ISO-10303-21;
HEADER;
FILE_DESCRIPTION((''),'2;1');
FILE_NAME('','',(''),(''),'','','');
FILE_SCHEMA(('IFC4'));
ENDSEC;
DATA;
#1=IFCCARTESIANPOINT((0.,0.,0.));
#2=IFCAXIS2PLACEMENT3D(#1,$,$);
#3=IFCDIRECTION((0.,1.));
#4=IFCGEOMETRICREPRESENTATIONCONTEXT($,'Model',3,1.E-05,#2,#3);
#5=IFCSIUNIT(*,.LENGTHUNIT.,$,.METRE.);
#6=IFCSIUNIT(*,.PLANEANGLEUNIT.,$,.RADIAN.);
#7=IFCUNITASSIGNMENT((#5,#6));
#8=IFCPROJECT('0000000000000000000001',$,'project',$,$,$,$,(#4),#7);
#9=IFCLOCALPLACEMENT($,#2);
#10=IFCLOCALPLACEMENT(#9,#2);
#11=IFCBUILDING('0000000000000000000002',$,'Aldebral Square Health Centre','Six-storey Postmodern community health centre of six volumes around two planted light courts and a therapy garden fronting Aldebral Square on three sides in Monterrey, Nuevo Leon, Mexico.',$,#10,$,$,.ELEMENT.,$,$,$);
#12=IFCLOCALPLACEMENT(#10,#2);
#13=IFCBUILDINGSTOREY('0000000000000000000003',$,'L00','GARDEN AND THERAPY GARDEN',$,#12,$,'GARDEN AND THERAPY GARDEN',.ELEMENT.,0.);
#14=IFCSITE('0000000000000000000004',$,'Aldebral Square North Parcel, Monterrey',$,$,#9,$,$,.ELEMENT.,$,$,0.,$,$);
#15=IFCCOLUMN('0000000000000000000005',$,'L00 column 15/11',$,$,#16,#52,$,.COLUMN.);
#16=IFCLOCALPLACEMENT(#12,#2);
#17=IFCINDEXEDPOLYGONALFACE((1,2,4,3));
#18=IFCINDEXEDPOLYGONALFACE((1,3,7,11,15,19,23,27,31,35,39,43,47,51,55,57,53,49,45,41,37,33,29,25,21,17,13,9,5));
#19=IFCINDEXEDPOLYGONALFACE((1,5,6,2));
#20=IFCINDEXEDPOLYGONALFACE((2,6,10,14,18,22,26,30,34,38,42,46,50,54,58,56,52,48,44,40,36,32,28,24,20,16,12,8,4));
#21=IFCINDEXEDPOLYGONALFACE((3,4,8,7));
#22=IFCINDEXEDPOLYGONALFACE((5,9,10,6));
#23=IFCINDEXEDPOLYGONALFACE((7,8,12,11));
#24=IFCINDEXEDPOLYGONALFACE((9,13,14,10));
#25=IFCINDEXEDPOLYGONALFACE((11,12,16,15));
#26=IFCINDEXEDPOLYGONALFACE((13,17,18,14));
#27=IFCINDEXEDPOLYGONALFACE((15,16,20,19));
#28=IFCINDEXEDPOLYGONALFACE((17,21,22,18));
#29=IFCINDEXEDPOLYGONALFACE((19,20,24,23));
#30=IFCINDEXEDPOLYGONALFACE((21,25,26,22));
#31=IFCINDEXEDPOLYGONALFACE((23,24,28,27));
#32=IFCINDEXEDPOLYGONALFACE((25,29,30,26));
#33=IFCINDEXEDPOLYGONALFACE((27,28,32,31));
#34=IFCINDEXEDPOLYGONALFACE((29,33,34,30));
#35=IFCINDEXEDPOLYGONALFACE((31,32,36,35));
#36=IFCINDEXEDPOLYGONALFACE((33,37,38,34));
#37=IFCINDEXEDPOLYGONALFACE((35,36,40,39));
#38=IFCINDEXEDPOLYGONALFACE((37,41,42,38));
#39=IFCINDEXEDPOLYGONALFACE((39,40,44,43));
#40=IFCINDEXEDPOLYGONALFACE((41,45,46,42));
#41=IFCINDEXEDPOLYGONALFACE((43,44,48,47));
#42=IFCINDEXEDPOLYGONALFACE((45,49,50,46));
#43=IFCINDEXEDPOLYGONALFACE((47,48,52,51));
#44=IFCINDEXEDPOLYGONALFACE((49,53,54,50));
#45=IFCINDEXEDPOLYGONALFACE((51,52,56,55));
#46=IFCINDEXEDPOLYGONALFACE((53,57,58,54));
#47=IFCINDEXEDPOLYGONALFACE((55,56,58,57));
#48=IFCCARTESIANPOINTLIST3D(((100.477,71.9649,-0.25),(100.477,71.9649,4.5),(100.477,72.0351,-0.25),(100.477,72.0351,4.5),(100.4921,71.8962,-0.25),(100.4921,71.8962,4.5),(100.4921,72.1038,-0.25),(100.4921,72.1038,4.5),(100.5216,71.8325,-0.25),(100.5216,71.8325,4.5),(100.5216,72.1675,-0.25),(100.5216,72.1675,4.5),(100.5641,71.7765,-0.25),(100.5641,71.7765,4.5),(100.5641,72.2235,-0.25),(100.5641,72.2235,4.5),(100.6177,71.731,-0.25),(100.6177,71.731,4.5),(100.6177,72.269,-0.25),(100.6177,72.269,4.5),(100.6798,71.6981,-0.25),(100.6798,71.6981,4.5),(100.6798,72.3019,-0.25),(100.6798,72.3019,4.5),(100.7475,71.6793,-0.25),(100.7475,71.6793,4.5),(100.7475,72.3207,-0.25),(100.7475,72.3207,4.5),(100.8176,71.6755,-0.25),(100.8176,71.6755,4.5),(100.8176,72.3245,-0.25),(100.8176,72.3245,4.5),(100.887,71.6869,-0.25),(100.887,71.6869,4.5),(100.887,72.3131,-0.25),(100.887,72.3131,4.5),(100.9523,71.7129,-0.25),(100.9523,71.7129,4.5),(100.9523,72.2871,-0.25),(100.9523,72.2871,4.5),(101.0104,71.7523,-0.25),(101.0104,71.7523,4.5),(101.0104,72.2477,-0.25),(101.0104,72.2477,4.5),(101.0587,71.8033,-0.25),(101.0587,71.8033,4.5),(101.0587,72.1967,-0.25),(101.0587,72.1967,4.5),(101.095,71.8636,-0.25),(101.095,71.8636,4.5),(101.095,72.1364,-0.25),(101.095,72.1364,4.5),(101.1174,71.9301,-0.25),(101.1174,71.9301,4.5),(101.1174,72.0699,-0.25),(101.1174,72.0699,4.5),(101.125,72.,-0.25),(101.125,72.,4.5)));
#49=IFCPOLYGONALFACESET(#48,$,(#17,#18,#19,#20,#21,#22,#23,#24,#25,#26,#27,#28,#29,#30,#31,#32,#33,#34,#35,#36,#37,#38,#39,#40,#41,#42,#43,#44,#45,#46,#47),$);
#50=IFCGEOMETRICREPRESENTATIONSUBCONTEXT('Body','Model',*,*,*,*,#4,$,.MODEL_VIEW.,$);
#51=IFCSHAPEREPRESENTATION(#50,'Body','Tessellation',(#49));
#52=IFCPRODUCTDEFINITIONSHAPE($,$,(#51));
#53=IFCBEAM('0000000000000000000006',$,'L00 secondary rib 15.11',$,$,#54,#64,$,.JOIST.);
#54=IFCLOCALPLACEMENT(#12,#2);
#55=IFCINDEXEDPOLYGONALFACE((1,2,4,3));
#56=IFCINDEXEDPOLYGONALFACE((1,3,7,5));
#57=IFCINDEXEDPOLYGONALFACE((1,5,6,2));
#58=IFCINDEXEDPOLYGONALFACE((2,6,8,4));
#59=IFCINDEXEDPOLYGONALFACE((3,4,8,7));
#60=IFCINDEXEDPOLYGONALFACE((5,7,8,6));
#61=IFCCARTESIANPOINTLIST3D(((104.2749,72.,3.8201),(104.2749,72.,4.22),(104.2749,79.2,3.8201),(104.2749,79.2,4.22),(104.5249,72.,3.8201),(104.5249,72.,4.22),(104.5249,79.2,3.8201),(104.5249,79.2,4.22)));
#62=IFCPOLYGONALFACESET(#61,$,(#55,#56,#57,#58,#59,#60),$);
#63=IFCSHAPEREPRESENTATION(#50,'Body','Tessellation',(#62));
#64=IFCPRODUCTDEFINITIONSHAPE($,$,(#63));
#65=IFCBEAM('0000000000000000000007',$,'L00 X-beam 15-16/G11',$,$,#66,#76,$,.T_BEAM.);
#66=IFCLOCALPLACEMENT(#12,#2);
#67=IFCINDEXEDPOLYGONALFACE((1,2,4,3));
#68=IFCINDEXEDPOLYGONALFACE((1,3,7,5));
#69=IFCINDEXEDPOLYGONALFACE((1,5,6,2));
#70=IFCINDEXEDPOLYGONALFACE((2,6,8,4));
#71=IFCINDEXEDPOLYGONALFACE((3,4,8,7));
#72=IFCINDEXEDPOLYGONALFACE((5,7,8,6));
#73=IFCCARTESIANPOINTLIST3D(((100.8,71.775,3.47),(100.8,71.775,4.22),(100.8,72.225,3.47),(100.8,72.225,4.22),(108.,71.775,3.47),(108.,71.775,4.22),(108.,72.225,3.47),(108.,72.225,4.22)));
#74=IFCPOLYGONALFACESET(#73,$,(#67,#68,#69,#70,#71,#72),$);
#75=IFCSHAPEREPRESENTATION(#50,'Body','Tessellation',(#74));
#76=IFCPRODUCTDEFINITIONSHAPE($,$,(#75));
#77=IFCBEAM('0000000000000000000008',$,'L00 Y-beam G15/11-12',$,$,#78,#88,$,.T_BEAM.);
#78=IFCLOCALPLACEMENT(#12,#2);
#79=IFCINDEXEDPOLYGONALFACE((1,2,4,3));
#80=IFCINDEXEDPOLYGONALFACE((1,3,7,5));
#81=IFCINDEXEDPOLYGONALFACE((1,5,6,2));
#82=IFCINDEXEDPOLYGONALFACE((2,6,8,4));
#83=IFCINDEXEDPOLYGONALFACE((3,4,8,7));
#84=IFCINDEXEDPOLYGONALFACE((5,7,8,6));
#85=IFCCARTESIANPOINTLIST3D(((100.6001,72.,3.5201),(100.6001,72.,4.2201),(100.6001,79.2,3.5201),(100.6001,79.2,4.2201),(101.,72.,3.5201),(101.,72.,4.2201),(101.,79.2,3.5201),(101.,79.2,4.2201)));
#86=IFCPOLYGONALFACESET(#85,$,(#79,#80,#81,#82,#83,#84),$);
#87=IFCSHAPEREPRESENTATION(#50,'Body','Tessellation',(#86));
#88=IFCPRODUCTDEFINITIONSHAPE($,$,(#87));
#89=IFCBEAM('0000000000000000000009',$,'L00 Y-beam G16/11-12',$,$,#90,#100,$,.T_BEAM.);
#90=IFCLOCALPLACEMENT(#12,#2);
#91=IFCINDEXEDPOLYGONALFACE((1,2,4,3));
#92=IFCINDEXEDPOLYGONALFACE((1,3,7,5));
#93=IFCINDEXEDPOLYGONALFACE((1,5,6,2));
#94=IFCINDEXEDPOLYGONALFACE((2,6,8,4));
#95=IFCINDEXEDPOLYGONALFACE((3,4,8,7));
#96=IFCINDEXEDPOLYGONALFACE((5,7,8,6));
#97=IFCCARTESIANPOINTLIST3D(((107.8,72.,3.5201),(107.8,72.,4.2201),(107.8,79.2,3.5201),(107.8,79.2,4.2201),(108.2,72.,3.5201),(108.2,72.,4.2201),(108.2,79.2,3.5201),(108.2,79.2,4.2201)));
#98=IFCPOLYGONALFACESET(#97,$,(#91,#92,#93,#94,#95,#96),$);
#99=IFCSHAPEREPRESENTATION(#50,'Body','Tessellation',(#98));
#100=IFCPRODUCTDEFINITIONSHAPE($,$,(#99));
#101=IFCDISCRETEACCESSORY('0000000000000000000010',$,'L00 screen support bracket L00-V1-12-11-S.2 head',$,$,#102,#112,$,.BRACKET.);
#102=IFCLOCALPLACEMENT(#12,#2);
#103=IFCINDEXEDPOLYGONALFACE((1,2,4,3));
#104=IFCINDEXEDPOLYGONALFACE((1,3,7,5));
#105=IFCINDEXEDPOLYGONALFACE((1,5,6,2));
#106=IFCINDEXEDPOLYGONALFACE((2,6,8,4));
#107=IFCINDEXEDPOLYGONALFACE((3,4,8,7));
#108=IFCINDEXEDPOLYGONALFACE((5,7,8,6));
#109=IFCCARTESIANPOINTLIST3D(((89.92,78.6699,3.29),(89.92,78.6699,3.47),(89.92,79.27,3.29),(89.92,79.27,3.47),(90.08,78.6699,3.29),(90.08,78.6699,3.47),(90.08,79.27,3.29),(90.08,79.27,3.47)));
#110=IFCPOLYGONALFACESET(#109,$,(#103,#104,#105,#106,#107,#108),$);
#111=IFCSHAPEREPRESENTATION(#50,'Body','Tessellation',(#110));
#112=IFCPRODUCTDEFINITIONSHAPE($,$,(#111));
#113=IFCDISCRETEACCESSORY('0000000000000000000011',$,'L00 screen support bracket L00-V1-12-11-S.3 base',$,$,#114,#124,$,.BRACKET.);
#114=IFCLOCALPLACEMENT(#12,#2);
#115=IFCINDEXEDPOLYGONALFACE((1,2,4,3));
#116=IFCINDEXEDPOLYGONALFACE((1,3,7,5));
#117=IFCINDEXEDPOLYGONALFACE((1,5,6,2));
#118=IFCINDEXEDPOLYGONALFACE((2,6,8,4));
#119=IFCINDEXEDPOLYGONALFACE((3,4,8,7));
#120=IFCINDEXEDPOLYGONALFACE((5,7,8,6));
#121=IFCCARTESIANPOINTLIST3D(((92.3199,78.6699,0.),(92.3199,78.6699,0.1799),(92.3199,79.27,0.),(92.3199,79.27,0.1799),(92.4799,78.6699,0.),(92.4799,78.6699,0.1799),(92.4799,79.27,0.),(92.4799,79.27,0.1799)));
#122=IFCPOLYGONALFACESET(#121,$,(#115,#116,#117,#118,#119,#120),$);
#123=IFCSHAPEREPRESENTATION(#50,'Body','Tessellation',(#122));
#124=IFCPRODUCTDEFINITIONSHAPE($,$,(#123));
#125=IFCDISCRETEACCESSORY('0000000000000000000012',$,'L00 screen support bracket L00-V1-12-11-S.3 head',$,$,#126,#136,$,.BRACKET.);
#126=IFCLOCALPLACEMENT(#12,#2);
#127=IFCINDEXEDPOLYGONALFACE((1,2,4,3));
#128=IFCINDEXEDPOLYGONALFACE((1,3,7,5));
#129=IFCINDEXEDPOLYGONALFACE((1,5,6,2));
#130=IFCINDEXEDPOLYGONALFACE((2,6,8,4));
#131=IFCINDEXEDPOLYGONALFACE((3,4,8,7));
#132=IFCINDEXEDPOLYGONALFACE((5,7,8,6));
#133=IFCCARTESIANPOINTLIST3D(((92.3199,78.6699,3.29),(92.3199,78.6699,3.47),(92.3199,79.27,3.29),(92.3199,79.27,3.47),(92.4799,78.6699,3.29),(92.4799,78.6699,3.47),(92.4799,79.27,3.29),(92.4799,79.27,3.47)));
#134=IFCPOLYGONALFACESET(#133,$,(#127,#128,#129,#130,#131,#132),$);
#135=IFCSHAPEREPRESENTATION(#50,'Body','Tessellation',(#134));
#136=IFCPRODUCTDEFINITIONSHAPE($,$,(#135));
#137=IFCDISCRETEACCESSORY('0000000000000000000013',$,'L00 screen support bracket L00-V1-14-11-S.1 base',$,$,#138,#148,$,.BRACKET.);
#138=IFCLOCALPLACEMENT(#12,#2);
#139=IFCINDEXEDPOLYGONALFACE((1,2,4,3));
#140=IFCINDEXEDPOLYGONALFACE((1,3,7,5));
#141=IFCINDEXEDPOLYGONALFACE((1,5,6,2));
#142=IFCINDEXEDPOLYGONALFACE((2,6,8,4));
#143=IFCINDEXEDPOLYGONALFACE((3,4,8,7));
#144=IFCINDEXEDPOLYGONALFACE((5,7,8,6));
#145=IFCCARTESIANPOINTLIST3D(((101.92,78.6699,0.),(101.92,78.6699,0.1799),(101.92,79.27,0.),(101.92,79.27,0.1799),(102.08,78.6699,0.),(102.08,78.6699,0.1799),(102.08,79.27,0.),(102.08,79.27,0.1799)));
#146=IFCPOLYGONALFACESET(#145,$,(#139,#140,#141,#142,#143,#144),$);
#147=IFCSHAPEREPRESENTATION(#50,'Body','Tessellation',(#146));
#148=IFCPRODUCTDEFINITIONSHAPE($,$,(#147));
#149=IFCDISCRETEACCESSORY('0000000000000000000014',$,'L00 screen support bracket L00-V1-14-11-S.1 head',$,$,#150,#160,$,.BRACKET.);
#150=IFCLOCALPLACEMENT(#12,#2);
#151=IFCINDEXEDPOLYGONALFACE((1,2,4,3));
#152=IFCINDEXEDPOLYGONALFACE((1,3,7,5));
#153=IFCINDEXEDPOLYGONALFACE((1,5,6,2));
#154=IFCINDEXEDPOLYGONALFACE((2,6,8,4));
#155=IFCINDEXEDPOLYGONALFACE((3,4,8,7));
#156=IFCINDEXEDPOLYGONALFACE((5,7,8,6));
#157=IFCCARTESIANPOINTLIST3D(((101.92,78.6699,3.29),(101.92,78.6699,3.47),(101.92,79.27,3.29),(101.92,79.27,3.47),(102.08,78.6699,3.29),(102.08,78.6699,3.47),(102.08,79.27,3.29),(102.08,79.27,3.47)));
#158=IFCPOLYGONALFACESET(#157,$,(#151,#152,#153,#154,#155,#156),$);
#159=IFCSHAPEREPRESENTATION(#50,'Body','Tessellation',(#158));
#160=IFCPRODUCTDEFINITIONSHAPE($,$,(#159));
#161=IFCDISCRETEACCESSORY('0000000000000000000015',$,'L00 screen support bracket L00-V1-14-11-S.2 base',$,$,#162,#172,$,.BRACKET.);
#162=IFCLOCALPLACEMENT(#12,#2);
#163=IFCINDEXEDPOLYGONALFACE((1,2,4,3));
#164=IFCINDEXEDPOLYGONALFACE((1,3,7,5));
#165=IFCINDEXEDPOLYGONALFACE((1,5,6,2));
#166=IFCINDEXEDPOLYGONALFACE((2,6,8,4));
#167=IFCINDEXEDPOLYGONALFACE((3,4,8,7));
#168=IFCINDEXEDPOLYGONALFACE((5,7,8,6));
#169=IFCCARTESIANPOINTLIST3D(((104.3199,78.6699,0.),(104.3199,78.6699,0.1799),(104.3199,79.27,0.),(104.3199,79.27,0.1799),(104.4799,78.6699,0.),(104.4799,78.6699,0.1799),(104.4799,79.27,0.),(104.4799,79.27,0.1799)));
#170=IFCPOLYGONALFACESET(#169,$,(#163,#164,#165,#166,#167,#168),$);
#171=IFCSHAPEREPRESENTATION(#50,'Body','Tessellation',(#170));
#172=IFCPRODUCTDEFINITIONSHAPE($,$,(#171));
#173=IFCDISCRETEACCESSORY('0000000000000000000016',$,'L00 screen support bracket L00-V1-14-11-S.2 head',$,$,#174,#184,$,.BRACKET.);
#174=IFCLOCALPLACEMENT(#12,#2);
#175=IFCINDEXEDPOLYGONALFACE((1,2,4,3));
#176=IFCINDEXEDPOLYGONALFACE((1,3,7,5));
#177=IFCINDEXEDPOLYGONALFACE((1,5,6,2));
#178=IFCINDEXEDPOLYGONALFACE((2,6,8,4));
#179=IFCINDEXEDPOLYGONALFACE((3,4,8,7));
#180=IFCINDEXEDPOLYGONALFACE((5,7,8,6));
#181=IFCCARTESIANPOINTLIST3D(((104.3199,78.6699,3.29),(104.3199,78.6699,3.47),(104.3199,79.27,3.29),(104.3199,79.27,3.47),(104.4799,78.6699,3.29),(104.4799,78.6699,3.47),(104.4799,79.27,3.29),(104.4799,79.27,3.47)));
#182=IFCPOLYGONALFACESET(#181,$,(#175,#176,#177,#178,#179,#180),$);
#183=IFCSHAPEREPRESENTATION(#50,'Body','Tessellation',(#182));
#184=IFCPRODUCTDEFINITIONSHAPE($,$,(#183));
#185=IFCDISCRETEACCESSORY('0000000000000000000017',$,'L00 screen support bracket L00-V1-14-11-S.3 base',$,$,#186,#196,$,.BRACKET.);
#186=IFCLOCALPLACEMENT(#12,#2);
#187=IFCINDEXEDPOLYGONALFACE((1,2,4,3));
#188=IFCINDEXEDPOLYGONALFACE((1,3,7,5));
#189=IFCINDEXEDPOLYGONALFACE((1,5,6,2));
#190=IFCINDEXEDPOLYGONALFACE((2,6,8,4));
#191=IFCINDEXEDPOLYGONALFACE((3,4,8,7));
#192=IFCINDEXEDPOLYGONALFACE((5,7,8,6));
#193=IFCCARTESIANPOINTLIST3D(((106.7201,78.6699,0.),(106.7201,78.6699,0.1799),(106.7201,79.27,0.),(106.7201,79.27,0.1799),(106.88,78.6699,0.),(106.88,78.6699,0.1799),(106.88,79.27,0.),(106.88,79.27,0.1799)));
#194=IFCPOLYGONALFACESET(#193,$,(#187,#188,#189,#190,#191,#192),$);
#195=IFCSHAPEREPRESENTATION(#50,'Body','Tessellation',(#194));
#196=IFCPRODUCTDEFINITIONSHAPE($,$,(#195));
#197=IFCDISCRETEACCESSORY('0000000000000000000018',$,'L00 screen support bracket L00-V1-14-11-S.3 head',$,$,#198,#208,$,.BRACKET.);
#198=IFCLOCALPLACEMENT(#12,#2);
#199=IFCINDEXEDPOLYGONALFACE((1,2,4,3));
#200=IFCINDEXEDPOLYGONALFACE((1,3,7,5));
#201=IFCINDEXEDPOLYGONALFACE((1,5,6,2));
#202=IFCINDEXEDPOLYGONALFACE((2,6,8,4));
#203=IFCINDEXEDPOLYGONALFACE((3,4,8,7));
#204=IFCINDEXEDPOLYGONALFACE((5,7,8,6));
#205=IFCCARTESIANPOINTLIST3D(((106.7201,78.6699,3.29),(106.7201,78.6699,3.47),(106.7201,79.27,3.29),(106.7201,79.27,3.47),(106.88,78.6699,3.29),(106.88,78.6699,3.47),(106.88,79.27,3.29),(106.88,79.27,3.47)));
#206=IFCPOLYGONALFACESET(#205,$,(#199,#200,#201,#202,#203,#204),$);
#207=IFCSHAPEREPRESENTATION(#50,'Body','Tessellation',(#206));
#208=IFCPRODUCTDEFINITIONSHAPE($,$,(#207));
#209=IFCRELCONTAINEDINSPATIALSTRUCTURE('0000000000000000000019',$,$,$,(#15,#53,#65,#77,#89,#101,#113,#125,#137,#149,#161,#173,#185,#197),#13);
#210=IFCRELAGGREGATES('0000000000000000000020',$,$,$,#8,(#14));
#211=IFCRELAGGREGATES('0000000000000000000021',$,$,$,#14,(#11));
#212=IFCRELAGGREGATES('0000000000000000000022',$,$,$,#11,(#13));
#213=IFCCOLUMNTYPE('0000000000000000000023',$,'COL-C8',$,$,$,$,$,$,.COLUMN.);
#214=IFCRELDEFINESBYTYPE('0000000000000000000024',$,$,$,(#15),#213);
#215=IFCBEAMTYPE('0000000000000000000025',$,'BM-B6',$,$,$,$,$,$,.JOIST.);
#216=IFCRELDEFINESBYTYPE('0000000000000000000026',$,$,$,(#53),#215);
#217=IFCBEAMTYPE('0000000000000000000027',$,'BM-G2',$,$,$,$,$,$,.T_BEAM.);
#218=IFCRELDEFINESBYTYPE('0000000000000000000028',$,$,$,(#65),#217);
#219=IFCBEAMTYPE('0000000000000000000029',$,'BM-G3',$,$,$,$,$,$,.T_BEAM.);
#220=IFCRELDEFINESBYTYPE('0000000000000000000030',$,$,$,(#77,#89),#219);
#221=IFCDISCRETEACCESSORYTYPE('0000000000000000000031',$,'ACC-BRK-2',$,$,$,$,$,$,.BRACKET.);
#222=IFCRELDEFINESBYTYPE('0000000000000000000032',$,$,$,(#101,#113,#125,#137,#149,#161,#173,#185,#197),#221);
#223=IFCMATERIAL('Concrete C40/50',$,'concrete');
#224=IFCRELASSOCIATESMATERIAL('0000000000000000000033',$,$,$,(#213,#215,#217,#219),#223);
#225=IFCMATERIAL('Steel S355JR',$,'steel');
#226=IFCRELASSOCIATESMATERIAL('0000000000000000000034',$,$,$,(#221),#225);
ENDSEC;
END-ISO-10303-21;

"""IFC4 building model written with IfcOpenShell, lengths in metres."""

from ifc_helpers import new_model, si_unit, direction, frame, origin, origin_2d, place, context, subcontext, project, spatial, rectangle, circle, extrude, material, material_profile, profile_set, type_object, element, save


model = new_model("IFC4")

# Units and contexts
model_context = context("Model", 3, precision=1e-05, world=origin(), true_north=direction((0.0, 1.0)))
body_context = subcontext(model_context, "Body", "Model", "MODEL_VIEW")
ifc_project = project(units=[si_unit("LENGTHUNIT", "METRE"), si_unit("PLANEANGLEUNIT", "RADIAN")], contexts=[model_context])

# Site, building, storey
site_placement = place(None, origin())
site = spatial("IfcSite", under=ifc_project, at=site_placement, Name="Aldebral Square North Parcel, Monterrey", CompositionType="ELEMENT", RefElevation=0.0)
building_placement = place(site_placement, origin())
building = spatial("IfcBuilding", under=site, at=building_placement, Name="Aldebral Square Health Centre", Description="Six-storey Postmodern community health centre of six volumes around two planted light courts and a therapy garden fronting Aldebral Square on three sides in Monterrey, Nuevo Leon, Mexico.", CompositionType="ELEMENT")
storey_placement = place(building_placement, origin())
storey = spatial("IfcBuildingStorey", under=building, at=storey_placement, Name="L00", Description="GARDEN AND THERAPY GARDEN", LongName="GARDEN AND THERAPY GARDEN", CompositionType="ELEMENT", Elevation=0.0)

# Column
ifc_material_1 = material(Name="Concrete C40/50", Category="concrete")
ifc_material_profile_1 = material_profile(ifc_material_1, circle(Radius=0.325, at=origin_2d()), Name="RC D650")
ifc_profile_set_1 = profile_set([ifc_material_profile_1], Name="Concrete C40/50")
column_type_1 = type_object("IfcColumnType", Name="COL-C8", PredefinedType="COLUMN", material=ifc_profile_set_1)
column_placement = place(storey_placement, frame((100.8, 72.0, -0.25), z_axis=(0.0, 0.0, 1.0), x_axis=(1.0, 0.0, 0.0)))
element("IfcColumn", 1, at=column_placement, inside=storey, type_object=column_type_1, Name="L00 column 15/11", PredefinedType="COLUMN", context=body_context, shape_type="SweptSolid", body=[
    extrude(circle(Radius=0.325, at=origin_2d()), origin(), (0.0, 0.0, 1.0), 4.75),
])

# Beams
ifc_material_profile_2 = material_profile(ifc_material_1, rectangle(XDim=0.25, YDim=0.3999, at=origin_2d()), Name="RC 250x400")
ifc_profile_set_2 = profile_set([ifc_material_profile_2], Name="Concrete C40/50")
beam_type_1 = type_object("IfcBeamType", Name="BM-B6", PredefinedType="JOIST", material=ifc_profile_set_2)
beam_1_placement = place(storey_placement, frame((104.3999, 72.0, 4.02), z_axis=(0.0, 1.0, 0.0), x_axis=(-1.0, 0.0, 0.0)))
element("IfcBeam", 2, at=beam_1_placement, inside=storey, type_object=beam_type_1, Name="L00 secondary rib 15.11", PredefinedType="JOIST", context=body_context, shape_type="SweptSolid", body=[
    extrude(rectangle(XDim=0.25, YDim=0.3999, at=origin_2d()), origin(), (0.0, 0.0, 1.0), 7.2),
])
ifc_material_profile_3 = material_profile(ifc_material_1, rectangle(XDim=0.45, YDim=0.75, at=origin_2d()), Name="RC 450x750")
ifc_profile_set_3 = profile_set([ifc_material_profile_3], Name="Concrete C40/50")
beam_type_2 = type_object("IfcBeamType", Name="BM-G2", PredefinedType="T_BEAM", material=ifc_profile_set_3)
beam_2_placement = place(storey_placement, frame((100.8, 72.0, 3.845), z_axis=(1.0, 0.0, 0.0), x_axis=(0.0, 1.0, 0.0)))
element("IfcBeam", 3, at=beam_2_placement, inside=storey, type_object=beam_type_2, Name="L00 X-beam 15-16/G11", PredefinedType="T_BEAM", context=body_context, shape_type="SweptSolid", body=[
    extrude(rectangle(XDim=0.45, YDim=0.75, at=origin_2d()), origin(), (0.0, 0.0, 1.0), 7.2),
])
ifc_material_profile_4 = material_profile(ifc_material_1, rectangle(XDim=0.3999, YDim=0.7, at=origin_2d()), Name="RC 400x700")
ifc_profile_set_4 = profile_set([ifc_material_profile_4], Name="Concrete C40/50")
beam_type_3 = type_object("IfcBeamType", Name="BM-G3", PredefinedType="T_BEAM", material=ifc_profile_set_4)
for number, where, z_axis, x_axis, name in (
    (4, (100.8, 72.0, 3.8701), (0.0, 1.0, 0.0), (-1.0, 0.0, 0.0), "L00 Y-beam G15/11-12"),
    (5, (108.0, 72.0, 3.8701), (0.0, 1.0, 0.0), (-1.0, 0.0, 0.0), "L00 Y-beam G16/11-12"),
):
    element("IfcBeam", number, at=place(storey_placement, frame(where, z_axis=z_axis, x_axis=x_axis)), inside=storey, type_object=beam_type_3, Name=name, PredefinedType="T_BEAM", context=body_context, shape_type="SweptSolid", body=[
        extrude(rectangle(XDim=0.3999, YDim=0.7, at=origin_2d()), origin(), (0.0, 0.0, 1.0), 7.2),
    ])

# Discrete accessories
ifc_material_2 = material(Name="Steel S355JR", Category="steel")
discrete_accessory_type = type_object("IfcDiscreteAccessoryType", Name="ACC-BRK-2", PredefinedType="BRACKET", material=ifc_material_2)
for number, where, z_axis, x_axis, name in (
    (6, (90.0, 78.97, 3.29), (0.0, 0.0, 1.0), (1.0, 0.0, 0.0), "L00 screen support bracket L00-V1-12-11-S.2 head"),
    (7, (92.3999, 78.97, 0.0), (0.0, 0.0, 1.0), (1.0, 0.0, 0.0), "L00 screen support bracket L00-V1-12-11-S.3 base"),
    (8, (92.3999, 78.97, 3.29), (0.0, 0.0, 1.0), (1.0, 0.0, 0.0), "L00 screen support bracket L00-V1-12-11-S.3 head"),
    (9, (102.0, 78.97, 0.0), (0.0, 0.0, 1.0), (1.0, 0.0, 0.0), "L00 screen support bracket L00-V1-14-11-S.1 base"),
    (10, (102.0, 78.97, 3.29), (0.0, 0.0, 1.0), (1.0, 0.0, 0.0), "L00 screen support bracket L00-V1-14-11-S.1 head"),
    (11, (104.3999, 78.97, 0.0), (0.0, 0.0, 1.0), (1.0, 0.0, 0.0), "L00 screen support bracket L00-V1-14-11-S.2 base"),
    (12, (104.3999, 78.97, 3.29), (0.0, 0.0, 1.0), (1.0, 0.0, 0.0), "L00 screen support bracket L00-V1-14-11-S.2 head"),
    (13, (106.8, 78.97, 0.0), (0.0, 0.0, 1.0), (1.0, 0.0, 0.0), "L00 screen support bracket L00-V1-14-11-S.3 base"),
    (14, (106.8, 78.97, 3.29), (0.0, 0.0, 1.0), (1.0, 0.0, 0.0), "L00 screen support bracket L00-V1-14-11-S.3 head"),
):
    element("IfcDiscreteAccessory", number, at=place(storey_placement, frame(where, z_axis=z_axis, x_axis=x_axis)), inside=storey, type_object=discrete_accessory_type, Name=name, PredefinedType="BRACKET", context=body_context, shape_type="SweptSolid", body=[
        extrude(rectangle(XDim=0.1599, YDim=0.6001, at=origin_2d()), origin(), (0.0, 0.0, 1.0), 0.1799),
    ])

save(model, "model.ifc")
